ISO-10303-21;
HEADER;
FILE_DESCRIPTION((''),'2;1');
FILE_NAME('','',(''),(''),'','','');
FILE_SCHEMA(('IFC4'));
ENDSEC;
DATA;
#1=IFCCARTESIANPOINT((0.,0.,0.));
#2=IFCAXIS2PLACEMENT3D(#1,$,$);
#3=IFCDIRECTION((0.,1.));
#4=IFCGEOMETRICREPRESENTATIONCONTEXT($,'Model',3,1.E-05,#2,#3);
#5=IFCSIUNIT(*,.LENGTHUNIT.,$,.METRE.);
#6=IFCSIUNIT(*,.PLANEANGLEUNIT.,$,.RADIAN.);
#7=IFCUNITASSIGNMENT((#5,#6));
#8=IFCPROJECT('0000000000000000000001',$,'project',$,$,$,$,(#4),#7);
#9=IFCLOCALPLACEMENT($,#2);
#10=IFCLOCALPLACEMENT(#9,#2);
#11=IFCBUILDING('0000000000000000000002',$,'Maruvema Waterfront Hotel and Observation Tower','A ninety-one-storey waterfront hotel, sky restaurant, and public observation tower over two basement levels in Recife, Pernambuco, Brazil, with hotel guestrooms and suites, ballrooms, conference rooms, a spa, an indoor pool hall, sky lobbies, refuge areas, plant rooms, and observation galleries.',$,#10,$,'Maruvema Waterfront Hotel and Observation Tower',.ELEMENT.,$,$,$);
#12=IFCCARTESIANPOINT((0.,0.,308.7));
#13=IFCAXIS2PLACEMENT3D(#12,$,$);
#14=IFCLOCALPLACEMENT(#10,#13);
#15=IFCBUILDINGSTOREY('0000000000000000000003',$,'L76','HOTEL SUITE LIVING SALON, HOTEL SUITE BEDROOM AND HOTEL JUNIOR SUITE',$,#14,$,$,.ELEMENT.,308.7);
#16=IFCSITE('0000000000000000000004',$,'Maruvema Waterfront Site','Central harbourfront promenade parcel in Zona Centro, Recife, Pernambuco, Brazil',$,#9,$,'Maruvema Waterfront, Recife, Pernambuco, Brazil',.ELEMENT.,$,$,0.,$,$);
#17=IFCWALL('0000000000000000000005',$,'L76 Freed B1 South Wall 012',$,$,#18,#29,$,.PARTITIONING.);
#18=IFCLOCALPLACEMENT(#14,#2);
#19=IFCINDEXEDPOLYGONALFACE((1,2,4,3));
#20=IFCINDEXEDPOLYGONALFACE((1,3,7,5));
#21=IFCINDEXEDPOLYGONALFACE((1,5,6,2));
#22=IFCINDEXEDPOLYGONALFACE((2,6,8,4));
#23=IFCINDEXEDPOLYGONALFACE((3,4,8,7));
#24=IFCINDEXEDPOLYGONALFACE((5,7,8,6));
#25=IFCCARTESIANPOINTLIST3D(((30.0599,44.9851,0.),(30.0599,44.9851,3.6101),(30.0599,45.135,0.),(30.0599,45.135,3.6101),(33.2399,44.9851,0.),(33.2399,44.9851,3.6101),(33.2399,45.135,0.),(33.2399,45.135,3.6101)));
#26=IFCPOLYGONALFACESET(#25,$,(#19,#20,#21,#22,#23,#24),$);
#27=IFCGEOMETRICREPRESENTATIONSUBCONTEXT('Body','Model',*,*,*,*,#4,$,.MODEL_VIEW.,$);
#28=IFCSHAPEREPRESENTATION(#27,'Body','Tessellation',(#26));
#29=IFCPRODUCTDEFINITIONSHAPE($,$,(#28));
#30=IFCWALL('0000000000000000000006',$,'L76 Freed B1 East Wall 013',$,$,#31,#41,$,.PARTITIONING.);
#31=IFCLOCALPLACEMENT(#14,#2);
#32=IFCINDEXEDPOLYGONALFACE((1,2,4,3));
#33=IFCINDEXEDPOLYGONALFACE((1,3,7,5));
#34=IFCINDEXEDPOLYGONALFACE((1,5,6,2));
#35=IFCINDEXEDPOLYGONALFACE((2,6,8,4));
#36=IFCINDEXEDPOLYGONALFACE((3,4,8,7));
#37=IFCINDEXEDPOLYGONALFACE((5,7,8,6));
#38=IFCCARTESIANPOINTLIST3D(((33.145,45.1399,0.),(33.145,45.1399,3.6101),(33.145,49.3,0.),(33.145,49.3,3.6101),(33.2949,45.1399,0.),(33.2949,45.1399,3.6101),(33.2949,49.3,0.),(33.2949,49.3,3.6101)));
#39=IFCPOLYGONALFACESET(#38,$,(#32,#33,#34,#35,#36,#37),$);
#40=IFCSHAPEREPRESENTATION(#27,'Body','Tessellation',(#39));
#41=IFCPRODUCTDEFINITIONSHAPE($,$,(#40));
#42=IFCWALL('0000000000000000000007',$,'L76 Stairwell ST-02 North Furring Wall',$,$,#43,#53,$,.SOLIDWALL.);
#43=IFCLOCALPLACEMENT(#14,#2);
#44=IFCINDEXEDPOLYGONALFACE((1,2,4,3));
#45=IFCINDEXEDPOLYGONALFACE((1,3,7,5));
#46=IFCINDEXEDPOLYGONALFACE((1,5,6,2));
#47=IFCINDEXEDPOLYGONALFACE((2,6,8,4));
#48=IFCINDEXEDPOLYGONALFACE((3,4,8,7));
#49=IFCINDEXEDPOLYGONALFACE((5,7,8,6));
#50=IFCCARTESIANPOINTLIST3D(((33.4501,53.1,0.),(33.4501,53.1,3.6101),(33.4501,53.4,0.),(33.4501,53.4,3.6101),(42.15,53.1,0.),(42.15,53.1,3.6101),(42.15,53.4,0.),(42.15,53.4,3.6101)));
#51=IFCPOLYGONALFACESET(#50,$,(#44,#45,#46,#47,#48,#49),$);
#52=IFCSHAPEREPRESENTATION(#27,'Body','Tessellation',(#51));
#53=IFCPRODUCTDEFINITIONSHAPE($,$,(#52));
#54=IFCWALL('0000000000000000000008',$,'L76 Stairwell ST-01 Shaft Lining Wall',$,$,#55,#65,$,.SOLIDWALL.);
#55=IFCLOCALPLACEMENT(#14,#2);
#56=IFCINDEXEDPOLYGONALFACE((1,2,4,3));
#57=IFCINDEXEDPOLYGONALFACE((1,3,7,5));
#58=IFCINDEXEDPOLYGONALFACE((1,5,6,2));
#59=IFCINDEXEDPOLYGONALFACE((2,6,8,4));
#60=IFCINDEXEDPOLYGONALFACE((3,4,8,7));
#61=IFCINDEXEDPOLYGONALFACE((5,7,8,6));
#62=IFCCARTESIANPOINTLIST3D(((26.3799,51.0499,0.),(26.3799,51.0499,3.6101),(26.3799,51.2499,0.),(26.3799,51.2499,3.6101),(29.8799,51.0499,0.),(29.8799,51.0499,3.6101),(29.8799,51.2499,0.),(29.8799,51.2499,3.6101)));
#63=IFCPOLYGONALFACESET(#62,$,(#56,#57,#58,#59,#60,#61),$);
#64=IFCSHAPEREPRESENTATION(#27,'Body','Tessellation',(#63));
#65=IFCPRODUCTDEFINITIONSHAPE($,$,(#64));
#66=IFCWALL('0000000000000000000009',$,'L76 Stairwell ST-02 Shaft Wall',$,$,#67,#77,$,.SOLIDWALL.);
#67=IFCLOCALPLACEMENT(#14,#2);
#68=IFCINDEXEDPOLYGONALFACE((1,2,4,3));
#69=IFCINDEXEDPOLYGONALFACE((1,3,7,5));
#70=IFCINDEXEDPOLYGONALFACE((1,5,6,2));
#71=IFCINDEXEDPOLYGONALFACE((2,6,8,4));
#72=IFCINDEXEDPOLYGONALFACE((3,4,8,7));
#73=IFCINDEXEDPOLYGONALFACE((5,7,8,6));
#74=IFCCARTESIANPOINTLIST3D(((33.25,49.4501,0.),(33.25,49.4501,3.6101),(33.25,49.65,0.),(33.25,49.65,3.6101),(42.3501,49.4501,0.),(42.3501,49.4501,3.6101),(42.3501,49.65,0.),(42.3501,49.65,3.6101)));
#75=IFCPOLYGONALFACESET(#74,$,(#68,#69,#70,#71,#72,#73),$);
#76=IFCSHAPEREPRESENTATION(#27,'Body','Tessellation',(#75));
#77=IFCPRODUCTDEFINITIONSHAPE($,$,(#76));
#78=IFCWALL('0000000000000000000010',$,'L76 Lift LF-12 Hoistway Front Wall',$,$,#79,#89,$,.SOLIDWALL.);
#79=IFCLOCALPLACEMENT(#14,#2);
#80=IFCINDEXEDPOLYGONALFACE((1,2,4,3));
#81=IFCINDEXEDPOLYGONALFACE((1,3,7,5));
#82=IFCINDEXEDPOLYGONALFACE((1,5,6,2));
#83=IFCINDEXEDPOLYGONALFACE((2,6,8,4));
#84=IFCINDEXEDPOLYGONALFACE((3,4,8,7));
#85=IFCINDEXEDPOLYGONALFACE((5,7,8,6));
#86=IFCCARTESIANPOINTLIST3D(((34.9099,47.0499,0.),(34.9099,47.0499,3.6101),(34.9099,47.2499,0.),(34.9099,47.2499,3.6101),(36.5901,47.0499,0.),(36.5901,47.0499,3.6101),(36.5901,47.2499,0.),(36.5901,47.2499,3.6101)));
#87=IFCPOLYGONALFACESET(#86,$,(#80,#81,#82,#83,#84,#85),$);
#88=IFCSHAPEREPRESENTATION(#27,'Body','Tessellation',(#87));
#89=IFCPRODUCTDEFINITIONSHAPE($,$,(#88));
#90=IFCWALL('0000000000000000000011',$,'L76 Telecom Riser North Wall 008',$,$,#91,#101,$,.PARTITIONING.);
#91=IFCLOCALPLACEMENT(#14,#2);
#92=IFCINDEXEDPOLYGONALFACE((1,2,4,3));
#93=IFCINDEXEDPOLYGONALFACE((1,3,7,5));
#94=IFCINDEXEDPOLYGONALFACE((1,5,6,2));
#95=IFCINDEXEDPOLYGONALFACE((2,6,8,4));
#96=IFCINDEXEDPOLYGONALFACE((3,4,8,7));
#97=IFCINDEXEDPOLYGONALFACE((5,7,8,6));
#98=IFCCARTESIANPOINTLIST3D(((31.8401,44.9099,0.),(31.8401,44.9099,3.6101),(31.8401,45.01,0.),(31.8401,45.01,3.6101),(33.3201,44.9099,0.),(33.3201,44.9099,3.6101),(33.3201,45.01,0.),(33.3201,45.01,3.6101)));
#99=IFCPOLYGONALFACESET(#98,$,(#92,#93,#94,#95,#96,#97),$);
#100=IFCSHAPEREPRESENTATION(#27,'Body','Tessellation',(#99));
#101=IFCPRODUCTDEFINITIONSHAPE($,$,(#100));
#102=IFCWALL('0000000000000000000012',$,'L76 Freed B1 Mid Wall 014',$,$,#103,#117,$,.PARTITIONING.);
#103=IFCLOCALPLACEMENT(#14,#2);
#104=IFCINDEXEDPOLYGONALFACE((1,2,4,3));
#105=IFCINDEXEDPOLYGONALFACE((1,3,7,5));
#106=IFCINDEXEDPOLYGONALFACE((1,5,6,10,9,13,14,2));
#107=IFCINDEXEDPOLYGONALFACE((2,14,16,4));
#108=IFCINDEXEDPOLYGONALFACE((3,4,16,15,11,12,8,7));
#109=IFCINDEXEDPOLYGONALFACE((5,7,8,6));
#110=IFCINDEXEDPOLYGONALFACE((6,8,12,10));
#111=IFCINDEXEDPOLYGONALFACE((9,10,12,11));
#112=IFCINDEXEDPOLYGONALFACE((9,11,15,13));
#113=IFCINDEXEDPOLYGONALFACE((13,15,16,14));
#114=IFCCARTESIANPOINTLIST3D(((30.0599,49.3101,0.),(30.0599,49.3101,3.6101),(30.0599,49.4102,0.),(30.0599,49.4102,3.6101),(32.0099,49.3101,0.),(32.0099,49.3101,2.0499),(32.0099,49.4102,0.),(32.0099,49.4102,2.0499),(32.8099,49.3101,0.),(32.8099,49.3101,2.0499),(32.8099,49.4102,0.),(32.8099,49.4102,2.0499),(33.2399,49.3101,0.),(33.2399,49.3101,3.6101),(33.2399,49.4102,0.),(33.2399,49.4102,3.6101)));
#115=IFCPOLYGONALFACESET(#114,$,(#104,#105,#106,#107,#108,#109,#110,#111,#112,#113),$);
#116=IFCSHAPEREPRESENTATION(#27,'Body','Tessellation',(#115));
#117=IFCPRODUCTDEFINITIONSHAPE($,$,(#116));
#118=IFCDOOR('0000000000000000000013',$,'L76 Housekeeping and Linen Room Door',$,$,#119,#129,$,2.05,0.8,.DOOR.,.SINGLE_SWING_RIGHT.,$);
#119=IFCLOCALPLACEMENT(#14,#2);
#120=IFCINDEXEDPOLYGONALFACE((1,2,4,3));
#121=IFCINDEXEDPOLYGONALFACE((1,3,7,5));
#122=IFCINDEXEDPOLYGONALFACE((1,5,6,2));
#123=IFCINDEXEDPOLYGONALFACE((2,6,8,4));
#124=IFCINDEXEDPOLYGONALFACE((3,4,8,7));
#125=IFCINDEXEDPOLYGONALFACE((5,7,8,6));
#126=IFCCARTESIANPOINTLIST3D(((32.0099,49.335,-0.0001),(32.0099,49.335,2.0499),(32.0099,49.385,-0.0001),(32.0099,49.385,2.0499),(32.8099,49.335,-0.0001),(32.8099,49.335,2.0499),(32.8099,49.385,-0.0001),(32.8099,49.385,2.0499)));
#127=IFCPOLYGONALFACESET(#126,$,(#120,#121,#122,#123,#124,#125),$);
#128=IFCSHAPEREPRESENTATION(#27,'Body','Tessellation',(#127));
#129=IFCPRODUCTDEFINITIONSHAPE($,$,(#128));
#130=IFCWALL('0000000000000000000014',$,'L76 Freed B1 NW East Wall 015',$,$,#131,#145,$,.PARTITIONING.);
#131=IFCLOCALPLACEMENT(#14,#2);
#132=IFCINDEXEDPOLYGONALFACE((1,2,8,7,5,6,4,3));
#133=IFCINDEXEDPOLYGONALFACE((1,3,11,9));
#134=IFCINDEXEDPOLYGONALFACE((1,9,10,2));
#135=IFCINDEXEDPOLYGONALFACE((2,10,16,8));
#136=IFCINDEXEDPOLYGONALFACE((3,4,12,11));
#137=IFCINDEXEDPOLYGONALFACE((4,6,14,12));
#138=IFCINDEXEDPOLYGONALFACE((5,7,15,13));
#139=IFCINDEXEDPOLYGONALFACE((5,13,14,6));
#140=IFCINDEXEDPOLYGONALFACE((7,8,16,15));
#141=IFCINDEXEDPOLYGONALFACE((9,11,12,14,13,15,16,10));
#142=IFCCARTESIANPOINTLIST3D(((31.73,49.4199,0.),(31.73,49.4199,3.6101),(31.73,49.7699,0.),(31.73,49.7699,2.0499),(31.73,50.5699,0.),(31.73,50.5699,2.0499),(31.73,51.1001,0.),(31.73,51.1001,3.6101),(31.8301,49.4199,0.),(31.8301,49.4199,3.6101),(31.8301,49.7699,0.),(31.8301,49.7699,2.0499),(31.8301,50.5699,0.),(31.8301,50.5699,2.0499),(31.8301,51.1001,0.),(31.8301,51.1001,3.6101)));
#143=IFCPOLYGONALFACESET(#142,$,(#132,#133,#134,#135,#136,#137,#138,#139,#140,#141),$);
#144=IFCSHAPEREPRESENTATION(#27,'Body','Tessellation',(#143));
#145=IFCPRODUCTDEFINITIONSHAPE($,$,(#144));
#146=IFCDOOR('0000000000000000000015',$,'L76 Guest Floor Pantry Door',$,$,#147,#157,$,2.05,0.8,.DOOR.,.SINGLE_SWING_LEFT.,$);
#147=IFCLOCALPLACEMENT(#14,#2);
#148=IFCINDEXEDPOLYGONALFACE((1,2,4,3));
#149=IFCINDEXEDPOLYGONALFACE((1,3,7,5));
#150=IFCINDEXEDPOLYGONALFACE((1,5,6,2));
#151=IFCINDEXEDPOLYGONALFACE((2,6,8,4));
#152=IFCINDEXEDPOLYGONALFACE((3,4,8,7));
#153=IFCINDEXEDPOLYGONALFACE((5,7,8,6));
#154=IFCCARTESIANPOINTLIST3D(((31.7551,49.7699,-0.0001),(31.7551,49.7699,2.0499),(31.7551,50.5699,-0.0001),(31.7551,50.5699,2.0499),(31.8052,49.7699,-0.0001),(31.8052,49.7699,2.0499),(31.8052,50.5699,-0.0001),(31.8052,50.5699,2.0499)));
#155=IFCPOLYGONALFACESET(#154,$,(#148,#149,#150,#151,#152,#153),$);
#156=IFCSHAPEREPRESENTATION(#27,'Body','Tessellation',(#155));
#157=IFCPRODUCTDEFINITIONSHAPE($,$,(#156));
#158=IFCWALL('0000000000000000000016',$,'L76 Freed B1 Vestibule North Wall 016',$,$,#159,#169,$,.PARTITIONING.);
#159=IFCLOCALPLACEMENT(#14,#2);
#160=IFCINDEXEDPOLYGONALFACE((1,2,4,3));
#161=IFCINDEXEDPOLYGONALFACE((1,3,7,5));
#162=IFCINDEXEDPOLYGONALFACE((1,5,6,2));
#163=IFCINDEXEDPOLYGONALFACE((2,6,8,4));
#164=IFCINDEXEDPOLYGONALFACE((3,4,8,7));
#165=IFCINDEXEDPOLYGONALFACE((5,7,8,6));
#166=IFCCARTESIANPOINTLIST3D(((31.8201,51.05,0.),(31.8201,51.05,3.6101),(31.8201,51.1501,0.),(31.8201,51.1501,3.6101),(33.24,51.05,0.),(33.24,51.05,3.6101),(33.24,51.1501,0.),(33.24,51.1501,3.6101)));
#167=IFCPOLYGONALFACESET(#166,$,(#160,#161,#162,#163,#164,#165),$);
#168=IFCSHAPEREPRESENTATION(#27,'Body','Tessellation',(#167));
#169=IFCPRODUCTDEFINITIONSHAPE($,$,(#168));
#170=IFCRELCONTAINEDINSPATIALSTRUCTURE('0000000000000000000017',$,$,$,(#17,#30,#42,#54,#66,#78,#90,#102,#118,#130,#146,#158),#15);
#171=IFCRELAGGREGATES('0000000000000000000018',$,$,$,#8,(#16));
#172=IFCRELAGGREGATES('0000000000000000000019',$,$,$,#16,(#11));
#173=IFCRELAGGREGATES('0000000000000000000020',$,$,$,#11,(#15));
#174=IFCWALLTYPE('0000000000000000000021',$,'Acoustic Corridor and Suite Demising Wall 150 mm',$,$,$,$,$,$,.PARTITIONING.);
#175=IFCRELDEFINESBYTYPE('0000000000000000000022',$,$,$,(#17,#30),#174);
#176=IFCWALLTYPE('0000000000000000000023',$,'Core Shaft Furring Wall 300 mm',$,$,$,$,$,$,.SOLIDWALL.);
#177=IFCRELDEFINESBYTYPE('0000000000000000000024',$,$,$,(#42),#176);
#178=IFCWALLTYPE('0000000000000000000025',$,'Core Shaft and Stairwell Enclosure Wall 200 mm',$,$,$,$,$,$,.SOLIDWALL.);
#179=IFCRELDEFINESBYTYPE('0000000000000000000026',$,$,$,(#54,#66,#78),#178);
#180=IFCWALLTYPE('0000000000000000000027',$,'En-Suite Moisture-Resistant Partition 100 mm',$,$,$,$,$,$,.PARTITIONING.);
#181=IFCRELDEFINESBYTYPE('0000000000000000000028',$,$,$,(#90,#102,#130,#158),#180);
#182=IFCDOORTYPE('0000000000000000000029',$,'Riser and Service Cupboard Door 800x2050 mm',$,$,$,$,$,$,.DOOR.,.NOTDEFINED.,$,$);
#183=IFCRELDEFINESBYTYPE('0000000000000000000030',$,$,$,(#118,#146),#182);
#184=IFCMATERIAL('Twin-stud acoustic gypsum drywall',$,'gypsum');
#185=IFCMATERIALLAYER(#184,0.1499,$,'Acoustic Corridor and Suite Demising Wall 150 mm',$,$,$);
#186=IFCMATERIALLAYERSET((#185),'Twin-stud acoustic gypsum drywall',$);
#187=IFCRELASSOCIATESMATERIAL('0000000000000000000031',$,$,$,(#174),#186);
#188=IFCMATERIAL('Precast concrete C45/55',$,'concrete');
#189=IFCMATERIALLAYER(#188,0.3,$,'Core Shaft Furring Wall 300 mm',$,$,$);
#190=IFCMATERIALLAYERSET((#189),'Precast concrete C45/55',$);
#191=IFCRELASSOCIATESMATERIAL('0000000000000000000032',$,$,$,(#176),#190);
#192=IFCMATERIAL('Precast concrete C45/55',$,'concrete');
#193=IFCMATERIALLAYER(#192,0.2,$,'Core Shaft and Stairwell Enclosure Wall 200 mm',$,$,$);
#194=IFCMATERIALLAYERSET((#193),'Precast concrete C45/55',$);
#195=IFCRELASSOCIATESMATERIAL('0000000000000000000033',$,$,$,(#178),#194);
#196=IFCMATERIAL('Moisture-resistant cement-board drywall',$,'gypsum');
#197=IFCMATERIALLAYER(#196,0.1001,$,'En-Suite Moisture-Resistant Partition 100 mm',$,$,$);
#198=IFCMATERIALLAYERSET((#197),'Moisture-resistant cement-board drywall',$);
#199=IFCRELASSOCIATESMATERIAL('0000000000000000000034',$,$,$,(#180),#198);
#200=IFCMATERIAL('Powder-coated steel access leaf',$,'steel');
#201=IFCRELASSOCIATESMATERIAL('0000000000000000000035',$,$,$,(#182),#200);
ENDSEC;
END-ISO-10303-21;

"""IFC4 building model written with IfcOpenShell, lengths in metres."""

from ifc_helpers import new_model, si_unit, direction, frame, frame_2d, origin, place, context, subcontext, project, spatial, rectangle, extrude, material, layer, layer_set, type_object, element, fill, save


model = new_model("IFC4")

# Units and contexts
model_context = context("Model", 3, precision=1e-05, world=origin(), true_north=direction((0.0, 1.0)))
body_context = subcontext(model_context, "Body", "Model", "MODEL_VIEW")
ifc_project = project(units=[si_unit("LENGTHUNIT", "METRE"), si_unit("PLANEANGLEUNIT", "RADIAN")], contexts=[model_context])

# Site, building, storey
site_placement = place(None, origin())
site = spatial("IfcSite", under=ifc_project, at=site_placement, Name="Maruvema Waterfront Site", Description="Central harbourfront promenade parcel in Zona Centro, Recife, Pernambuco, Brazil", LongName="Maruvema Waterfront, Recife, Pernambuco, Brazil", CompositionType="ELEMENT", RefElevation=0.0)
building_placement = place(site_placement, origin())
building = spatial("IfcBuilding", under=site, at=building_placement, Name="Maruvema Waterfront Hotel and Observation Tower", Description="A ninety-one-storey waterfront hotel, sky restaurant, and public observation tower over two basement levels in Recife, Pernambuco, Brazil, with hotel guestrooms and suites, ballrooms, conference rooms, a spa, an indoor pool hall, sky lobbies, refuge areas, plant rooms, and observation galleries.", LongName="Maruvema Waterfront Hotel and Observation Tower", CompositionType="ELEMENT")
storey_placement = place(building_placement, frame((0.0, 0.0, 308.7)))
storey = spatial("IfcBuildingStorey", under=building, at=storey_placement, Name="L76", Description="HOTEL SUITE LIVING SALON, HOTEL SUITE BEDROOM AND HOTEL JUNIOR SUITE", CompositionType="ELEMENT", Elevation=308.7)

# Walls
ifc_material_1 = material(Name="Twin-stud acoustic gypsum drywall", Category="gypsum")
ifc_layer_1 = layer(ifc_material_1, 0.1499, Name="Acoustic Corridor and Suite Demising Wall 150 mm")
ifc_layer_set_1 = layer_set([ifc_layer_1], Name="Twin-stud acoustic gypsum drywall")
wall_type_1 = type_object("IfcWallType", Name="Acoustic Corridor and Suite Demising Wall 150 mm", PredefinedType="PARTITIONING", material=ifc_layer_set_1)
wall_1_placement = place(storey_placement, frame((30.0601, 45.0601, 0.0), z_axis=(0.0, 0.0, 1.0), x_axis=(1.0, 0.0, 0.0)))
element("IfcWall", 1, at=wall_1_placement, inside=storey, type_object=wall_type_1, Name="L76 Freed B1 South Wall 012", PredefinedType="PARTITIONING", context=body_context, shape_type="SweptSolid", body=[
    extrude(rectangle(XDim=3.1799, YDim=0.1499, at=frame_2d((1.5898, 0.0))), origin(), (0.0, 0.0, 1.0), 3.6101),
])
wall_2_placement = place(storey_placement, frame((33.22, 45.1399, 0.0), z_axis=(0.0, 0.0, 1.0), x_axis=(0.0, 1.0, 0.0)))
element("IfcWall", 2, at=wall_2_placement, inside=storey, type_object=wall_type_1, Name="L76 Freed B1 East Wall 013", PredefinedType="PARTITIONING", context=body_context, shape_type="SweptSolid", body=[
    extrude(rectangle(XDim=4.1602, YDim=0.1499, at=frame_2d((2.0801, 0.0))), origin(), (0.0, 0.0, 1.0), 3.6101),
])
ifc_material_2 = material(Name="Precast concrete C45/55", Category="concrete")
ifc_layer_2 = layer(ifc_material_2, 0.3, Name="Core Shaft Furring Wall 300 mm")
ifc_layer_set_2 = layer_set([ifc_layer_2], Name="Precast concrete C45/55")
wall_type_2 = type_object("IfcWallType", Name="Core Shaft Furring Wall 300 mm", PredefinedType="SOLIDWALL", material=ifc_layer_set_2)
wall_3_placement = place(storey_placement, frame((33.45, 53.25, 0.0), z_axis=(0.0, 0.0, 1.0), x_axis=(1.0, 0.0, 0.0)))
element("IfcWall", 3, at=wall_3_placement, inside=storey, type_object=wall_type_2, Name="L76 Stairwell ST-02 North Furring Wall", PredefinedType="SOLIDWALL", context=body_context, shape_type="SweptSolid", body=[
    extrude(rectangle(XDim=8.7, YDim=0.3, at=frame_2d((4.3501, 0.0))), origin(), (0.0, 0.0, 1.0), 3.6101),
])
ifc_material_3 = material(Name="Precast concrete C45/55", Category="concrete")
ifc_layer_3 = layer(ifc_material_3, 0.2, Name="Core Shaft and Stairwell Enclosure Wall 200 mm")
ifc_layer_set_3 = layer_set([ifc_layer_3], Name="Precast concrete C45/55")
wall_type_3 = type_object("IfcWallType", Name="Core Shaft and Stairwell Enclosure Wall 200 mm", PredefinedType="SOLIDWALL", material=ifc_layer_set_3)
wall_4_placement = place(storey_placement, frame((26.3799, 51.1499, 0.0), z_axis=(0.0, 0.0, 1.0), x_axis=(1.0, 0.0, 0.0)))
element("IfcWall", 4, at=wall_4_placement, inside=storey, type_object=wall_type_3, Name="L76 Stairwell ST-01 Shaft Lining Wall", PredefinedType="SOLIDWALL", context=body_context, shape_type="SweptSolid", body=[
    extrude(rectangle(XDim=3.5, YDim=0.2, at=frame_2d((1.75, 0.0))), origin(), (0.0, 0.0, 1.0), 3.6101),
])
wall_5_placement = place(storey_placement, frame((33.25, 49.55, 0.0), z_axis=(0.0, 0.0, 1.0), x_axis=(1.0, 0.0, 0.0)))
element("IfcWall", 5, at=wall_5_placement, inside=storey, type_object=wall_type_3, Name="L76 Stairwell ST-02 Shaft Wall", PredefinedType="SOLIDWALL", context=body_context, shape_type="SweptSolid", body=[
    extrude(rectangle(XDim=9.1001, YDim=0.2, at=frame_2d((4.55, 0.0))), origin(), (0.0, 0.0, 1.0), 3.6101),
])

# Walls
wall_6_placement = place(storey_placement, frame((34.9099, 47.1499, 0.0), z_axis=(0.0, 0.0, 1.0), x_axis=(1.0, 0.0, 0.0)))
element("IfcWall", 6, at=wall_6_placement, inside=storey, type_object=wall_type_3, Name="L76 Lift LF-12 Hoistway Front Wall", PredefinedType="SOLIDWALL", context=body_context, shape_type="SweptSolid", body=[
    extrude(rectangle(XDim=1.6802, YDim=0.2, at=frame_2d((0.8401, 0.0))), origin(), (0.0, 0.0, 1.0), 3.6101),
])
ifc_material_4 = material(Name="Moisture-resistant cement-board drywall", Category="gypsum")
ifc_layer_4 = layer(ifc_material_4, 0.1001, Name="En-Suite Moisture-Resistant Partition 100 mm")
ifc_layer_set_4 = layer_set([ifc_layer_4], Name="Moisture-resistant cement-board drywall")
wall_type_4 = type_object("IfcWallType", Name="En-Suite Moisture-Resistant Partition 100 mm", PredefinedType="PARTITIONING", material=ifc_layer_set_4)
wall_7_placement = place(storey_placement, frame((31.8401, 44.96, 0.0), z_axis=(0.0, 0.0, 1.0), x_axis=(1.0, 0.0, 0.0)))
element("IfcWall", 7, at=wall_7_placement, inside=storey, type_object=wall_type_4, Name="L76 Telecom Riser North Wall 008", PredefinedType="PARTITIONING", context=body_context, shape_type="SweptSolid", body=[
    extrude(rectangle(XDim=1.48, YDim=0.1001, at=frame_2d((0.74, 0.0))), origin(), (0.0, 0.0, 1.0), 3.6101),
])

# Walls, openings, doors
wall_8_placement = place(storey_placement, frame((30.0601, 49.3601, 0.0), z_axis=(0.0, 0.0, 1.0), x_axis=(1.0, 0.0, 0.0)))
wall_8 = element("IfcWall", 8, at=wall_8_placement, inside=storey, type_object=wall_type_4, Name="L76 Freed B1 Mid Wall 014", PredefinedType="PARTITIONING", context=body_context, shape_type="SweptSolid", body=[
    extrude(rectangle(XDim=3.1799, YDim=0.1001, at=frame_2d((1.5898, 0.0))), origin(), (0.0, 0.0, 1.0), 3.6101),
])
opening_1_placement = place(wall_8_placement, frame((1.95, 0.0, 0.0)))
opening_1 = element("IfcOpeningElement", 9, at=opening_1_placement, cuts=wall_8, PredefinedType="OPENING", context=body_context, shape_type="SweptSolid", body=[
    extrude(rectangle(XDim=0.8, YDim=2.05, at=frame_2d((0.3999, 1.0249))), frame((0.0, 0.0601, 0.0), z_axis=(0.0, -1.0, 0.0), x_axis=(1.0, 0.0, 0.0)), (0.0, 0.0, 1.0), 0.1201),
])
ifc_material_5 = material(Name="Powder-coated steel access leaf", Category="steel")
door_type_1 = type_object("IfcDoorType", Name="Riser and Service Cupboard Door 800x2050 mm", OperationType="NOTDEFINED", PredefinedType="DOOR", material=ifc_material_5)
door_1_placement = place(opening_1_placement, origin())
door_1 = element("IfcDoor", 10, at=door_1_placement, inside=storey, type_object=door_type_1, Name="L76 Housekeeping and Linen Room Door", OperationType="SINGLE_SWING_RIGHT", OverallHeight=2.05, OverallWidth=0.8, PredefinedType="DOOR", context=body_context, shape_type="SweptSolid", body=[
    extrude(rectangle(XDim=0.8, YDim=2.05, at=frame_2d((0.3999, 1.0249))), frame((0.0, 0.0249, 0.0), z_axis=(0.0, -1.0, 0.0), x_axis=(1.0, 0.0, 0.0)), (0.0, 0.0, 1.0), 0.05),
])
fill(opening_1, door_1)
wall_9_placement = place(storey_placement, frame((31.78, 49.4199, 0.0), z_axis=(0.0, 0.0, 1.0), x_axis=(0.0, 1.0, 0.0)))
wall_9 = element("IfcWall", 11, at=wall_9_placement, inside=storey, type_object=wall_type_4, Name="L76 Freed B1 NW East Wall 015", PredefinedType="PARTITIONING", context=body_context, shape_type="SweptSolid", body=[
    extrude(rectangle(XDim=1.6802, YDim=0.1001, at=frame_2d((0.8401, 0.0))), origin(), (0.0, 0.0, 1.0), 3.6101),
])
opening_2_placement = place(wall_9_placement, frame((0.3501, 0.0, 0.0)))
opening_2 = element("IfcOpeningElement", 12, at=opening_2_placement, cuts=wall_9, PredefinedType="OPENING", context=body_context, shape_type="SweptSolid", body=[
    extrude(rectangle(XDim=0.8, YDim=2.05, at=frame_2d((0.3999, 1.0249))), frame((0.0, 0.0601, 0.0), z_axis=(0.0, -1.0, 0.0), x_axis=(1.0, 0.0, 0.0)), (0.0, 0.0, 1.0), 0.1201),
])
door_2_placement = place(opening_2_placement, origin())
door_2 = element("IfcDoor", 13, at=door_2_placement, inside=storey, type_object=door_type_1, Name="L76 Guest Floor Pantry Door", OperationType="SINGLE_SWING_LEFT", OverallHeight=2.05, OverallWidth=0.8, PredefinedType="DOOR", context=body_context, shape_type="SweptSolid", body=[
    extrude(rectangle(XDim=0.8, YDim=2.05, at=frame_2d((0.3999, 1.0249))), frame((0.0, 0.0249, 0.0), z_axis=(0.0, -1.0, 0.0), x_axis=(1.0, 0.0, 0.0)), (0.0, 0.0, 1.0), 0.05),
])
fill(opening_2, door_2)

# Wall
wall_10_placement = place(storey_placement, frame((31.8201, 51.1001, 0.0), z_axis=(0.0, 0.0, 1.0), x_axis=(1.0, 0.0, 0.0)))
element("IfcWall", 14, at=wall_10_placement, inside=storey, type_object=wall_type_4, Name="L76 Freed B1 Vestibule North Wall 016", PredefinedType="PARTITIONING", context=body_context, shape_type="SweptSolid", body=[
    extrude(rectangle(XDim=1.4199, YDim=0.1001, at=frame_2d((0.71, 0.0))), origin(), (0.0, 0.0, 1.0), 3.6101),
])

save(model, "model.ifc")
